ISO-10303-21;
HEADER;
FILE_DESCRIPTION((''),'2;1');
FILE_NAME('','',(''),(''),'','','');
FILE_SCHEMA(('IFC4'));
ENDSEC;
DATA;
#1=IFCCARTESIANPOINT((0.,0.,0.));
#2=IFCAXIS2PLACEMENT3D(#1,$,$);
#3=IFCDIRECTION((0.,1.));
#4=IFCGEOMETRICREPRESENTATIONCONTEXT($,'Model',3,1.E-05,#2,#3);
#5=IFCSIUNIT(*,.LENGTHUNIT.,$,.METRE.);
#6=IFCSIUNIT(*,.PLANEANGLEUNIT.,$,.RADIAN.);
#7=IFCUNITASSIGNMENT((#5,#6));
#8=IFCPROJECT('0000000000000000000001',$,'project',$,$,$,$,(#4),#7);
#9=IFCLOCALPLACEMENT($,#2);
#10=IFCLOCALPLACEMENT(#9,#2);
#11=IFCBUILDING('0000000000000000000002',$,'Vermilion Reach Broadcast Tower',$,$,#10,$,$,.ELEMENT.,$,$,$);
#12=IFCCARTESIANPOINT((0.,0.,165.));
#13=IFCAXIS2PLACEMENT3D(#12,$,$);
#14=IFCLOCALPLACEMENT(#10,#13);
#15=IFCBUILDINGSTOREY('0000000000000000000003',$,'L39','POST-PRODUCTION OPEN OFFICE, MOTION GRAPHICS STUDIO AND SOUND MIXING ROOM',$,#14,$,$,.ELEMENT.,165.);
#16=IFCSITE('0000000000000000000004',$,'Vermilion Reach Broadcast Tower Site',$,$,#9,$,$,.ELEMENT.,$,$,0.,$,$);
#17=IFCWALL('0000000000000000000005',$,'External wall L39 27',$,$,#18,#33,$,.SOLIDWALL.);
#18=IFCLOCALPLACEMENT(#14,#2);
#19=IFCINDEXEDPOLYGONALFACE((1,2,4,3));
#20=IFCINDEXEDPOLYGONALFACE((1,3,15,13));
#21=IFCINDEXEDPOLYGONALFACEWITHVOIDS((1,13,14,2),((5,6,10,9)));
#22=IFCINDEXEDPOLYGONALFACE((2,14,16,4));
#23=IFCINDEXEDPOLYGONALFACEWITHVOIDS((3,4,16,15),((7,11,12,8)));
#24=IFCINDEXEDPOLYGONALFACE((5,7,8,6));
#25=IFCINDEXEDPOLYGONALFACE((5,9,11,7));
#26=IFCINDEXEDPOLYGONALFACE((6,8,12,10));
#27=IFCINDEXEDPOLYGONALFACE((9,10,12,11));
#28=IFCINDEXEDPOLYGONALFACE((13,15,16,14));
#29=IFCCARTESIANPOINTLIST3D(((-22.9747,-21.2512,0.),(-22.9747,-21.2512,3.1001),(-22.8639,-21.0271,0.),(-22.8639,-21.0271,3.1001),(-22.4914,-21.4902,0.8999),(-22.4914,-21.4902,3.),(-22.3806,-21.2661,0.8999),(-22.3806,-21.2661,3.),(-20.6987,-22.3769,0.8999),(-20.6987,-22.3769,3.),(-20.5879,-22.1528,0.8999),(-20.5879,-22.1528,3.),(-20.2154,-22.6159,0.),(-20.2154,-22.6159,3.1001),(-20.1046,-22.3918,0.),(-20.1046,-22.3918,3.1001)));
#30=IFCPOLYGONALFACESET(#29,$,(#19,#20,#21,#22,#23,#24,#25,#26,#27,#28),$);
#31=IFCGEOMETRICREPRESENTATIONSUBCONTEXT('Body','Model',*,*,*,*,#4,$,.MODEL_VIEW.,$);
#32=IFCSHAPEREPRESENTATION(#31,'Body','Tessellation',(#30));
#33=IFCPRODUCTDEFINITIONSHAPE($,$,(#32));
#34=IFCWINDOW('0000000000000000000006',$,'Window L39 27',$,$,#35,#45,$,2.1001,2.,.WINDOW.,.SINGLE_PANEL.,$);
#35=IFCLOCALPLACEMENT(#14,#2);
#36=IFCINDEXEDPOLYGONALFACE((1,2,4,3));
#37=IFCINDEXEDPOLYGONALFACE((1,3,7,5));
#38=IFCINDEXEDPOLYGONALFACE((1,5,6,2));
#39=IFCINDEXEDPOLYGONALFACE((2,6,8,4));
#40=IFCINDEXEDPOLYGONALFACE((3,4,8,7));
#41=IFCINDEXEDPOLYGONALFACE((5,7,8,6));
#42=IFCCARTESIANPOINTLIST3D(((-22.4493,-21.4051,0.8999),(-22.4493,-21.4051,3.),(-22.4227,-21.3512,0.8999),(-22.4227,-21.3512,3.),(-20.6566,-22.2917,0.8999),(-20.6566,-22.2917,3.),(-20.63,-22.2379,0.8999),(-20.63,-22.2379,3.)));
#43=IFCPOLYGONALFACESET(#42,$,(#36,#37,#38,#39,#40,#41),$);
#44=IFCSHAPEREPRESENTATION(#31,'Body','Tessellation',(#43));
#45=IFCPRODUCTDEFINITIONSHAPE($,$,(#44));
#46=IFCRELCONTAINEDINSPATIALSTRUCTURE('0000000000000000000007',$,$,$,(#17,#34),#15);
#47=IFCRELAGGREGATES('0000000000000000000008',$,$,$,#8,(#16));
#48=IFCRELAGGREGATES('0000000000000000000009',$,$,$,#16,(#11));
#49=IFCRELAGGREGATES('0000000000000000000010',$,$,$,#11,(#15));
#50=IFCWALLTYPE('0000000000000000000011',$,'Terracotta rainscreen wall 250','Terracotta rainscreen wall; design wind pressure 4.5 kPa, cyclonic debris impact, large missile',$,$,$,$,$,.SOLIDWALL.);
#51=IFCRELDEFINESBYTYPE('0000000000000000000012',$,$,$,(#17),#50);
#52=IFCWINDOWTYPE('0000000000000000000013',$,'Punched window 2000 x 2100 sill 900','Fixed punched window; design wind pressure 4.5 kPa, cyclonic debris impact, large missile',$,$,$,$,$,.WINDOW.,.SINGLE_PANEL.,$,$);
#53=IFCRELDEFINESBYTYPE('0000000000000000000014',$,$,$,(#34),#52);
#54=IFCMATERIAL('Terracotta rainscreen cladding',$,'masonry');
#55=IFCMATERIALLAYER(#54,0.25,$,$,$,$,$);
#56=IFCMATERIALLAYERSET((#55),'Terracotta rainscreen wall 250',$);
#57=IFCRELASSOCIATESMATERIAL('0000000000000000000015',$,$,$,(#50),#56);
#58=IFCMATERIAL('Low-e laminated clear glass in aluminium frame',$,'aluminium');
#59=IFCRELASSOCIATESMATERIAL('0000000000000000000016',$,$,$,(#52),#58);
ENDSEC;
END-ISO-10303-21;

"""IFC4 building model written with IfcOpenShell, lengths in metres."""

from ifc_helpers import new_model, si_unit, direction, frame, frame_2d, origin, place, context, subcontext, project, spatial, rectangle, extrude, material, layer, layer_set, type_object, element, fill, save


model = new_model("IFC4")

# Units and contexts
model_context = context("Model", 3, precision=1e-05, world=origin(), true_north=direction((0.0, 1.0)))
body_context = subcontext(model_context, "Body", "Model", "MODEL_VIEW")
ifc_project = project(units=[si_unit("LENGTHUNIT", "METRE"), si_unit("PLANEANGLEUNIT", "RADIAN")], contexts=[model_context])

# Site, building, storey
site_placement = place(None, origin())
site = spatial("IfcSite", under=ifc_project, at=site_placement, Name="Vermilion Reach Broadcast Tower Site", CompositionType="ELEMENT", RefElevation=0.0)
building_placement = place(site_placement, origin())
building = spatial("IfcBuilding", under=site, at=building_placement, Name="Vermilion Reach Broadcast Tower", CompositionType="ELEMENT")
storey_placement = place(building_placement, frame((0.0, 0.0, 165.0)))
storey = spatial("IfcBuildingStorey", under=building, at=storey_placement, Name="L39", Description="POST-PRODUCTION OPEN OFFICE, MOTION GRAPHICS STUDIO AND SOUND MIXING ROOM", CompositionType="ELEMENT", Elevation=165.0)

# Shared definitions
ifc_material_1 = material(Name="Terracotta rainscreen cladding", Category="masonry")
ifc_layer_1 = layer(ifc_material_1, 0.25)
ifc_layer_set_1 = layer_set([ifc_layer_1], Name="Terracotta rainscreen wall 250")
wall_type_1 = type_object("IfcWallType", Name="Terracotta rainscreen wall 250", Description="Terracotta rainscreen wall; design wind pressure 4.5 kPa, cyclonic debris impact, large missile", PredefinedType="SOLIDWALL", material=ifc_layer_set_1)

# Wall, opening, window
wall_1_placement = place(storey_placement, frame((-22.9192, -21.1392, 0.0), z_axis=(0.0, 0.0, 1.0), x_axis=(0.896354, -0.443339, 0.0)))
wall_1 = element("IfcWall", 1, at=wall_1_placement, inside=storey, type_object=wall_type_1, Name="External wall L39 27", PredefinedType="SOLIDWALL", context=body_context, shape_type="SweptSolid", body=[
    extrude(rectangle(XDim=3.0784, YDim=0.25, at=frame_2d((1.5391, 0.0))), origin(), (0.0, 0.0, 1.0), 3.1001),
])
opening_placement = place(wall_1_placement, frame((0.5391, 0.0, 0.8999)))
opening = element("IfcOpeningElement", 2, at=opening_placement, cuts=wall_1, PredefinedType="OPENING", context=body_context, shape_type="SweptSolid", body=[
    extrude(rectangle(XDim=2.0, YDim=2.1001, at=frame_2d((1.0, 1.05))), frame((0.0, 0.135, 0.0), z_axis=(0.0, -1.0, 0.0), x_axis=(1.0, 0.0, 0.0)), (0.0, 0.0, 1.0), 0.27),
])
ifc_material_2 = material(Name="Low-e laminated clear glass in aluminium frame", Category="aluminium")
window_type = type_object("IfcWindowType", Name="Punched window 2000 x 2100 sill 900", Description="Fixed punched window; design wind pressure 4.5 kPa, cyclonic debris impact, large missile", PartitioningType="SINGLE_PANEL", PredefinedType="WINDOW", material=ifc_material_2)
window_placement = place(opening_placement, origin())
window = element("IfcWindow", 3, at=window_placement, inside=storey, type_object=window_type, Name="Window L39 27", OverallHeight=2.1001, OverallWidth=2.0, PartitioningType="SINGLE_PANEL", PredefinedType="WINDOW", context=body_context, shape_type="SweptSolid", body=[
    extrude(rectangle(XDim=2.0, YDim=2.1001, at=frame_2d((1.0, 1.05))), frame((0.0, 0.03, 0.0), z_axis=(0.0, -1.0, 0.0), x_axis=(1.0, 0.0, 0.0)), (0.0, 0.0, 1.0), 0.0601),
])
fill(opening, window)

save(model, "model.ifc")
